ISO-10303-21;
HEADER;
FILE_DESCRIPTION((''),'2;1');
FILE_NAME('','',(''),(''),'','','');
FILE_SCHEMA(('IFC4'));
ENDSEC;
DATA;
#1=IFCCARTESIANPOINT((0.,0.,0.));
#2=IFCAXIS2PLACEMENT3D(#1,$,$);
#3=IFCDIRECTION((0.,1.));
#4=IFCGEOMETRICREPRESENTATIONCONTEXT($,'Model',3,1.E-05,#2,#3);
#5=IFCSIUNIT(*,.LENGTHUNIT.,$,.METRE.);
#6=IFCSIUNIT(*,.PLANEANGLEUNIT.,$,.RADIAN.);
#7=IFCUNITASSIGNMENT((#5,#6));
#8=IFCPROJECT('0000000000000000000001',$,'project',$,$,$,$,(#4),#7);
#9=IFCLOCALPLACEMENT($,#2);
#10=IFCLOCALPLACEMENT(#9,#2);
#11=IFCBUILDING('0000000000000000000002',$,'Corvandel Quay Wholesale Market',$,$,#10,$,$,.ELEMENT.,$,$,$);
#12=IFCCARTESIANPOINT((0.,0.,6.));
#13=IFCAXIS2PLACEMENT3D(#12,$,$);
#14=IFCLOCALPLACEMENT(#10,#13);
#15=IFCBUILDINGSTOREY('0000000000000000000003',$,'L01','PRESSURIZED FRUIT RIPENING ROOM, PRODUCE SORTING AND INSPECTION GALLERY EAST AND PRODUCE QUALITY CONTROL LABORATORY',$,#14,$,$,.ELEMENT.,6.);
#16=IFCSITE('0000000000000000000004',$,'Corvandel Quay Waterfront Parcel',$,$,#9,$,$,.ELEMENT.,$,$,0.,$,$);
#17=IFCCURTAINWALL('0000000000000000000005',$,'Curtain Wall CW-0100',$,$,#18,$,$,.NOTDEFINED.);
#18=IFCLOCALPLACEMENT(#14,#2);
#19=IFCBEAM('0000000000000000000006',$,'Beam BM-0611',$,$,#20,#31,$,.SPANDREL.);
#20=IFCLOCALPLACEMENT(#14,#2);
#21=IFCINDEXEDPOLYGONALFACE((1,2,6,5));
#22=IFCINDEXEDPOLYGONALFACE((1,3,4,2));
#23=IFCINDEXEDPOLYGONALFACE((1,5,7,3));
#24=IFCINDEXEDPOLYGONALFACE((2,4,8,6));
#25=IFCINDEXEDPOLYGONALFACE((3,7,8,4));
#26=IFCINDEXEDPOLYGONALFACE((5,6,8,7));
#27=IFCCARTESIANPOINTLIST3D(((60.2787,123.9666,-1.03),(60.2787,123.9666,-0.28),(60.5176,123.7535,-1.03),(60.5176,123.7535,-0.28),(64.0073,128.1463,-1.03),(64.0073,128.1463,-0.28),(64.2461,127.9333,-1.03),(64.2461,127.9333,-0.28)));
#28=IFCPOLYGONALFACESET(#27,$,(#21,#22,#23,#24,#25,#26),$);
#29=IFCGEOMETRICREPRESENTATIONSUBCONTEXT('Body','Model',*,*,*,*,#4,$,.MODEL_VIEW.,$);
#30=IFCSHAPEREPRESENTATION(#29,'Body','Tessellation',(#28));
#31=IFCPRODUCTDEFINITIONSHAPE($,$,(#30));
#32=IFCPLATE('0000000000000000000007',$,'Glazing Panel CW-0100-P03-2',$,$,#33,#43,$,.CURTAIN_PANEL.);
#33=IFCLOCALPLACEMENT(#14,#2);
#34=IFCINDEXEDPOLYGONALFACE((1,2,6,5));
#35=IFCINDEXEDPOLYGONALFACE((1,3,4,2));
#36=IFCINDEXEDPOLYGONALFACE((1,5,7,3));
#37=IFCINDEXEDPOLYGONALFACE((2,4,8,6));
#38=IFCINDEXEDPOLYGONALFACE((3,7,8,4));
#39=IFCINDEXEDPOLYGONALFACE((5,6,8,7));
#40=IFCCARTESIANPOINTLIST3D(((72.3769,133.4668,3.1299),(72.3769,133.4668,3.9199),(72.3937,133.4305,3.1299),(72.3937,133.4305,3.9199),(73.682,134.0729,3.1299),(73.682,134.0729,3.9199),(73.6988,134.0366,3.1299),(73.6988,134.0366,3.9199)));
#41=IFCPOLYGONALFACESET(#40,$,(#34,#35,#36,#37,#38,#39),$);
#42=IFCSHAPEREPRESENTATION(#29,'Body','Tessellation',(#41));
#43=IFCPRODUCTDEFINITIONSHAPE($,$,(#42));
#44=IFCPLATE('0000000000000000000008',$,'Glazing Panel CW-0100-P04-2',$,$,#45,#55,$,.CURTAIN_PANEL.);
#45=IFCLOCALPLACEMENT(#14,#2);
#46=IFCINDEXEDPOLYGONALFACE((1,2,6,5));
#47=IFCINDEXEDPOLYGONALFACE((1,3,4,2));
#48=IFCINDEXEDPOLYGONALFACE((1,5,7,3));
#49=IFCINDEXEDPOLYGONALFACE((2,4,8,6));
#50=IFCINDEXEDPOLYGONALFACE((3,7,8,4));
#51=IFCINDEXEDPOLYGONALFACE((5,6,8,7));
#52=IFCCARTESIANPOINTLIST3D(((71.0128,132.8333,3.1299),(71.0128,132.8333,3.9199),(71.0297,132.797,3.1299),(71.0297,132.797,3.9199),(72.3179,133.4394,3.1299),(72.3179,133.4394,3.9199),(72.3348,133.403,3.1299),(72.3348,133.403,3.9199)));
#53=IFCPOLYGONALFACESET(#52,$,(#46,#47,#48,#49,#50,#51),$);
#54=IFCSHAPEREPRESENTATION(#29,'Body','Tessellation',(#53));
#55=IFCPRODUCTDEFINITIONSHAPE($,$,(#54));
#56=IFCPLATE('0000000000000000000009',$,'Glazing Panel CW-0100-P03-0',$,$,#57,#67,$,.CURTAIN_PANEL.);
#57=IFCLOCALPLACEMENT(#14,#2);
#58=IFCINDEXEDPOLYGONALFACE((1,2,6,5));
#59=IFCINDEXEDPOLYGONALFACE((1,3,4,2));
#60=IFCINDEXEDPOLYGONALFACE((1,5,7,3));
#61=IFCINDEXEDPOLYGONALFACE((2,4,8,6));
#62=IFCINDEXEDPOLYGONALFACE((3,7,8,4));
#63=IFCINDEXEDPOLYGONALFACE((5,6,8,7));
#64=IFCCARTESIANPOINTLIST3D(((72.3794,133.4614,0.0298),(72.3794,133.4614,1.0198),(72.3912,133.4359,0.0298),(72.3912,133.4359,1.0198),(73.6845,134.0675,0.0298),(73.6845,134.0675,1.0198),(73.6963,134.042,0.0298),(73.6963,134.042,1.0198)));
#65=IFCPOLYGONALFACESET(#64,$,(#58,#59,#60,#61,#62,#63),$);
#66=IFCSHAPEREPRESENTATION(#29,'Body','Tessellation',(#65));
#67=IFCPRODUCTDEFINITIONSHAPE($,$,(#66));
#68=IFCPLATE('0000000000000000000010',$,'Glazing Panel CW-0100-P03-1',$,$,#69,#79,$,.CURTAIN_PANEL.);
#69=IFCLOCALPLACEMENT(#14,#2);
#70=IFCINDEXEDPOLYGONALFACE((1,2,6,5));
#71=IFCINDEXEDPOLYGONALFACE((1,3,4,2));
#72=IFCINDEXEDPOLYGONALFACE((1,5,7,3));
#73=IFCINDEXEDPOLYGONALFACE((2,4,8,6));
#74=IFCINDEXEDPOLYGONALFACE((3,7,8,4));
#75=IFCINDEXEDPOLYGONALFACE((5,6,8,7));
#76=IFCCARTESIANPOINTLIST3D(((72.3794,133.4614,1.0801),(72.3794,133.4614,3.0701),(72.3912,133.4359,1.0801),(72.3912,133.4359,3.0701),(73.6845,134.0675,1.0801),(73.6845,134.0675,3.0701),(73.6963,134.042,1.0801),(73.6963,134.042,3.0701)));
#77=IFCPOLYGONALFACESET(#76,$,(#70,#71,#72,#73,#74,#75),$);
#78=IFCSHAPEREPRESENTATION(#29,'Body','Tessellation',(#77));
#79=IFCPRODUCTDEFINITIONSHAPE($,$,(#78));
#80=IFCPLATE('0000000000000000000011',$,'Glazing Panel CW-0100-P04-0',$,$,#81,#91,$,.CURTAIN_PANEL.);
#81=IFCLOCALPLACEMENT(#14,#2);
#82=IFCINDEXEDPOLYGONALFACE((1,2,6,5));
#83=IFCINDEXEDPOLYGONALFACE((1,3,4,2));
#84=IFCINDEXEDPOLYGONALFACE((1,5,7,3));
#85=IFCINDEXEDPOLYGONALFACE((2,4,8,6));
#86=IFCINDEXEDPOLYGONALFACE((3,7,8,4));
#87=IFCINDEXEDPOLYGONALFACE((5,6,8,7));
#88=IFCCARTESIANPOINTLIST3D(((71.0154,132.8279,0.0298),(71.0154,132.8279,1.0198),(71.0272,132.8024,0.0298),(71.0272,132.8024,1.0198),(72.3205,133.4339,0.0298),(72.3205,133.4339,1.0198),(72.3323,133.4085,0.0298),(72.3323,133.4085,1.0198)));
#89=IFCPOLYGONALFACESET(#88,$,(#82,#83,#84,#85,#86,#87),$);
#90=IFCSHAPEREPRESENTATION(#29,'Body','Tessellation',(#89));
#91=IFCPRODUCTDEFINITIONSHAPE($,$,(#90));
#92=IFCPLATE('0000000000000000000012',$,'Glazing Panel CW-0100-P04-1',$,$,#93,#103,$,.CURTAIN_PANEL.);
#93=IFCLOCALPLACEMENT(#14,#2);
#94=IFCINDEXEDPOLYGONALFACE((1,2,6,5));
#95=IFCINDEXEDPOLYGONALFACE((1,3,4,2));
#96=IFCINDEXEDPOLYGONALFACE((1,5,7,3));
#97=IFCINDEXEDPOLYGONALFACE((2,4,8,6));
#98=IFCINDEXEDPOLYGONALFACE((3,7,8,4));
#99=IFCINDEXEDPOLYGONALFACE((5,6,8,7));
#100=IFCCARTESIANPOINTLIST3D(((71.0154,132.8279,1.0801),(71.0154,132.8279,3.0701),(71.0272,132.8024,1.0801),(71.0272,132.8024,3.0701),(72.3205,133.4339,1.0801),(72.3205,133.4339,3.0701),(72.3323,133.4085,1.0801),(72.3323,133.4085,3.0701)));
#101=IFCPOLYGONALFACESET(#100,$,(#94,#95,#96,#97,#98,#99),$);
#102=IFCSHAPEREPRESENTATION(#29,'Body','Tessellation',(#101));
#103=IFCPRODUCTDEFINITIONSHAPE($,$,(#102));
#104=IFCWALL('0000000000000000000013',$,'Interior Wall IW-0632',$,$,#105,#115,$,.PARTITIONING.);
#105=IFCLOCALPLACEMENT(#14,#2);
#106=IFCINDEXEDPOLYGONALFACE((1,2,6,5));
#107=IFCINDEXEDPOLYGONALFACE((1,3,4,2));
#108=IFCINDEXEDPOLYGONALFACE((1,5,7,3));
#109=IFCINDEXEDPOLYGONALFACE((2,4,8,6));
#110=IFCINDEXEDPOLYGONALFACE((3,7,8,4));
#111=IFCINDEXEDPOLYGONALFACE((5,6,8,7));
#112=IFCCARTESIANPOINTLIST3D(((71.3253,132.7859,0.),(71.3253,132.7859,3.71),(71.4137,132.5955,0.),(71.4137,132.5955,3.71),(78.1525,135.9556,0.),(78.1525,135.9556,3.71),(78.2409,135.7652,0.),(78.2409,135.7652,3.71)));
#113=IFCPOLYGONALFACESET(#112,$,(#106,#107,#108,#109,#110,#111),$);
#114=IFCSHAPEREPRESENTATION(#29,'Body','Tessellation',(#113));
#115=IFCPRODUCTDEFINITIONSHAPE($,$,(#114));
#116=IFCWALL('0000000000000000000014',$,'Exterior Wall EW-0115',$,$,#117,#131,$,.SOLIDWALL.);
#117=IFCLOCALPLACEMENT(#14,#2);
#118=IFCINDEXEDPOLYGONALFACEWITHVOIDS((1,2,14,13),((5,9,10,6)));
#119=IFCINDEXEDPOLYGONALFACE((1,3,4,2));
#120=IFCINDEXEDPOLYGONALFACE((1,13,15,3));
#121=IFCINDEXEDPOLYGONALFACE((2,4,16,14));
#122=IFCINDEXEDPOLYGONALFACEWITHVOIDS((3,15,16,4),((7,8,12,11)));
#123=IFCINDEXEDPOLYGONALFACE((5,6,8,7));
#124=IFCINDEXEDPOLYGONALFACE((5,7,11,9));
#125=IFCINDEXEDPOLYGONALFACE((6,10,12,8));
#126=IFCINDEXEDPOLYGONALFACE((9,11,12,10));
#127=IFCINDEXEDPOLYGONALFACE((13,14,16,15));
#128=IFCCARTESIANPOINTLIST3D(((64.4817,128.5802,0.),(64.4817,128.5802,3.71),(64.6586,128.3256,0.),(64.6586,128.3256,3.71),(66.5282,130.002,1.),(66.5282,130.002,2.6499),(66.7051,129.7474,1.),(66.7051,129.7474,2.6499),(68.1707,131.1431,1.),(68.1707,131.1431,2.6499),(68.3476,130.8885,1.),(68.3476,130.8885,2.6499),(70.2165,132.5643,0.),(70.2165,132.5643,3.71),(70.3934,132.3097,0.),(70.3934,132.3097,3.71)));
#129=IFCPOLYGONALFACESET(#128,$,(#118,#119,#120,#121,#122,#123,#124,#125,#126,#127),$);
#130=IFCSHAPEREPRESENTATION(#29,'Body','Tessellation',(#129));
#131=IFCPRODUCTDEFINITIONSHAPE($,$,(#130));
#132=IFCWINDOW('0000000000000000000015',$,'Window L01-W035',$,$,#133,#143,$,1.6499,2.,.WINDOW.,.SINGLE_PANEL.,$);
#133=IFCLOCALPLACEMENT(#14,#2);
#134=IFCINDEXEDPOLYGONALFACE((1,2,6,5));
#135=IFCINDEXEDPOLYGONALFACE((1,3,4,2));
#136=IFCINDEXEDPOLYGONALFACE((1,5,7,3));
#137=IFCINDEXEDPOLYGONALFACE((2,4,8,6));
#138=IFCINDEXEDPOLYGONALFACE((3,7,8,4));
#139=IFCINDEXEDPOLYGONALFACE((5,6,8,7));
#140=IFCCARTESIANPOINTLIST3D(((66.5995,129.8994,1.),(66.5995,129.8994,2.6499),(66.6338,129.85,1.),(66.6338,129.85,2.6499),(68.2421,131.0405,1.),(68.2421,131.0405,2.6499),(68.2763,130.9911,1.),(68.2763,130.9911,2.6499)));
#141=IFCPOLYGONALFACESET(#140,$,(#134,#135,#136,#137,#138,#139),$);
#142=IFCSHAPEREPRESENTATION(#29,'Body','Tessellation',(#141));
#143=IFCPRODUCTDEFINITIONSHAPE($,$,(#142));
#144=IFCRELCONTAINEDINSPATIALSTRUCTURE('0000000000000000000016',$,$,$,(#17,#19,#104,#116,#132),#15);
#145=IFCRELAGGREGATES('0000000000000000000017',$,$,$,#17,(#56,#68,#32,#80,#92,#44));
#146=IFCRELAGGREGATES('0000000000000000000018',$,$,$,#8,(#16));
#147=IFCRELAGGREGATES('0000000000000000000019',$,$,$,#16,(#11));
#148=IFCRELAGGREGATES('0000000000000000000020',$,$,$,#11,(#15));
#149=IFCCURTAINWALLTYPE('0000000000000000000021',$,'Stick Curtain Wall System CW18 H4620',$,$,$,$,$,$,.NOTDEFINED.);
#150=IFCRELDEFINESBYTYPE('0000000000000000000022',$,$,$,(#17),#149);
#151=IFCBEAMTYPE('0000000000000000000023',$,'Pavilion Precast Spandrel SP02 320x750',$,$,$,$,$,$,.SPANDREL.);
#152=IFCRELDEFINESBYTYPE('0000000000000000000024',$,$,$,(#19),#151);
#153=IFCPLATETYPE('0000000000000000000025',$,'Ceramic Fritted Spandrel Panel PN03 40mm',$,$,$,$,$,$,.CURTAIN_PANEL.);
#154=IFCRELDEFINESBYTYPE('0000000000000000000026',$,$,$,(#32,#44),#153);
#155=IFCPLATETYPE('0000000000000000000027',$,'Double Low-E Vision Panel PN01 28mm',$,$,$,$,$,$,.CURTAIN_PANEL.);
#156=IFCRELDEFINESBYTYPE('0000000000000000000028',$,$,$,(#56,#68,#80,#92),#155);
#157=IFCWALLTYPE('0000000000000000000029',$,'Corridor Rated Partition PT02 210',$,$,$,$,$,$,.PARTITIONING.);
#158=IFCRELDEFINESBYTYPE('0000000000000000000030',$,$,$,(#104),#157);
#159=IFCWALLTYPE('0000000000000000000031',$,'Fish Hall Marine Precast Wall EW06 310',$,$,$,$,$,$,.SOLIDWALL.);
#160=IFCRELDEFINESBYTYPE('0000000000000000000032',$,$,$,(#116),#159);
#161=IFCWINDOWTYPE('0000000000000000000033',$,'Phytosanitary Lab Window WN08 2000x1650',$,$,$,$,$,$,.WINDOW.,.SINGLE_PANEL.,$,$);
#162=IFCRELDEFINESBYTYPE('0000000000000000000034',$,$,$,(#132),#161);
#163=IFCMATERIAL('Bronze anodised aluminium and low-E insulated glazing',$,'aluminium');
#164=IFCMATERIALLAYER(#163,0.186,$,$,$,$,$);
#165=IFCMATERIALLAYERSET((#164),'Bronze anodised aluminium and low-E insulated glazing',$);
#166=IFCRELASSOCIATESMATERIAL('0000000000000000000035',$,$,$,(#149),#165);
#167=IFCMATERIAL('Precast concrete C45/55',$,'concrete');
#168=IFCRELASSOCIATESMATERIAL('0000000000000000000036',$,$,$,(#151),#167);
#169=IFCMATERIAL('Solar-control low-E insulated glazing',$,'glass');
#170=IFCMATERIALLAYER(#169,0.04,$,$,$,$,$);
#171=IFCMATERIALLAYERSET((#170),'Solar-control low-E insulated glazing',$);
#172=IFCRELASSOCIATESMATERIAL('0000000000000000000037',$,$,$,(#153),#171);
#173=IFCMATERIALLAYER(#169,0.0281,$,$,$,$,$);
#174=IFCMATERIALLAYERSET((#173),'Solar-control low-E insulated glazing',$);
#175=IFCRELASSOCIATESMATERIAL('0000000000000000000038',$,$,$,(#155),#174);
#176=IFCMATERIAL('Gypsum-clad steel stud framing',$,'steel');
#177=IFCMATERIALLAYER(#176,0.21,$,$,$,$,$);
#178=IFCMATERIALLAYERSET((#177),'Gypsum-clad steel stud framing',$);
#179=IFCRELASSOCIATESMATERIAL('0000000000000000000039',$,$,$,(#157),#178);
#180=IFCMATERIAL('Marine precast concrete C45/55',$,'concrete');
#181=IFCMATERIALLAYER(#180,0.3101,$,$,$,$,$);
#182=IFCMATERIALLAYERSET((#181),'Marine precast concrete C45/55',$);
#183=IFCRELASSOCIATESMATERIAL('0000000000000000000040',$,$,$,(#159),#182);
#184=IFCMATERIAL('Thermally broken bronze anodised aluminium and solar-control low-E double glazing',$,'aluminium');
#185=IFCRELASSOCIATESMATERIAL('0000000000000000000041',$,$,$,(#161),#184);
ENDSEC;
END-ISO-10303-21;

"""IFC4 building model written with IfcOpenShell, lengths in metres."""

from ifc_helpers import new_model, si_unit, direction, frame, frame_2d, origin, origin_2d, place, context, subcontext, project, spatial, rectangle, extrude, material, layer, layer_set, material_profile, profile_set, type_object, element, fill, aggregate, save


model = new_model("IFC4")

# Units and contexts
model_context = context("Model", 3, precision=1e-05, world=origin(), true_north=direction((0.0, 1.0)))
body_context = subcontext(model_context, "Body", "Model", "MODEL_VIEW")
ifc_project = project(units=[si_unit("LENGTHUNIT", "METRE"), si_unit("PLANEANGLEUNIT", "RADIAN")], contexts=[model_context])

# Site, building, storey
site_placement = place(None, origin())
site = spatial("IfcSite", under=ifc_project, at=site_placement, Name="Corvandel Quay Waterfront Parcel", CompositionType="ELEMENT", RefElevation=0.0)
building_placement = place(site_placement, origin())
building = spatial("IfcBuilding", under=site, at=building_placement, Name="Corvandel Quay Wholesale Market", CompositionType="ELEMENT")
storey_placement = place(building_placement, frame((0.0, 0.0, 6.0)))
storey = spatial("IfcBuildingStorey", under=building, at=storey_placement, Name="L01", Description="PRESSURIZED FRUIT RIPENING ROOM, PRODUCE SORTING AND INSPECTION GALLERY EAST AND PRODUCE QUALITY CONTROL LABORATORY", CompositionType="ELEMENT", Elevation=6.0)

# Shared definitions
ifc_material_1 = material(Name="Precast concrete C45/55", Category="concrete")

# Curtain wall
ifc_material_2 = material(Name="Bronze anodised aluminium and low-E insulated glazing", Category="aluminium")
ifc_layer_1 = layer(ifc_material_2, 0.186)
ifc_layer_set_1 = layer_set([ifc_layer_1], Name="Bronze anodised aluminium and low-E insulated glazing")
curtain_wall_type_1 = type_object("IfcCurtainWallType", Name="Stick Curtain Wall System CW18 H4620", PredefinedType="NOTDEFINED", material=ifc_layer_set_1)
curtain_wall_1_placement = place(storey_placement, origin())
curtain_wall_1 = element("IfcCurtainWall", 1, at=curtain_wall_1_placement, inside=storey, type_object=curtain_wall_type_1, Name="Curtain Wall CW-0100", PredefinedType="NOTDEFINED")

# Beam
ifc_material_profile_1 = material_profile(ifc_material_1, rectangle(XDim=0.3201, YDim=0.75, at=origin_2d()), Name="PC-SPN-320x750")
ifc_profile_set_1 = profile_set([ifc_material_profile_1], Name="Precast concrete C45/55")
beam_type_1 = type_object("IfcBeamType", Name="Pavilion Precast Spandrel SP02 320x750", PredefinedType="SPANDREL", material=ifc_profile_set_1)
beam_1_placement = place(storey_placement, frame((64.1267, 128.0398, -0.655), z_axis=(-0.665683, -0.746235, 0.0), x_axis=(0.746235, -0.665683, 0.0)))
element("IfcBeam", 2, at=beam_1_placement, inside=storey, type_object=beam_type_1, Name="Beam BM-0611", PredefinedType="SPANDREL", context=body_context, shape_type="SweptSolid", body=[
    extrude(rectangle(XDim=0.3201, YDim=0.75, at=origin_2d()), origin(), (0.0, 0.0, 1.0), 5.6011),
])

# Plates
ifc_material_3 = material(Name="Solar-control low-E insulated glazing", Category="glass")
ifc_layer_2 = layer(ifc_material_3, 0.04)
ifc_layer_set_2 = layer_set([ifc_layer_2], Name="Solar-control low-E insulated glazing")
plate_type_1 = type_object("IfcPlateType", Name="Ceramic Fritted Spandrel Panel PN03 40mm", PredefinedType="CURTAIN_PANEL", material=ifc_layer_set_2)
plate_1_placement = place(storey_placement, frame((73.0378, 133.7517, 3.1299), z_axis=(0.0, 0.0, 1.0), x_axis=(0.906971, 0.421194, 0.0)))
plate_1 = element("IfcPlate", 3, at=plate_1_placement, type_object=plate_type_1, Name="Glazing Panel CW-0100-P03-2", PredefinedType="CURTAIN_PANEL", context=body_context, shape_type="SweptSolid", body=[
    extrude(rectangle(XDim=1.439, YDim=0.04, at=origin_2d()), origin(), (0.0, 0.0, 1.0), 0.79),
])
plate_2_placement = place(storey_placement, frame((71.6738, 133.1182, 3.1299), z_axis=(0.0, 0.0, 1.0), x_axis=(0.906971, 0.421194, 0.0)))
plate_2 = element("IfcPlate", 4, at=plate_2_placement, type_object=plate_type_1, Name="Glazing Panel CW-0100-P04-2", PredefinedType="CURTAIN_PANEL", context=body_context, shape_type="SweptSolid", body=[
    extrude(rectangle(XDim=1.439, YDim=0.04, at=origin_2d()), origin(), (0.0, 0.0, 1.0), 0.79),
])
ifc_layer_3 = layer(ifc_material_3, 0.0281)
ifc_layer_set_3 = layer_set([ifc_layer_3], Name="Solar-control low-E insulated glazing")
plate_type_2 = type_object("IfcPlateType", Name="Double Low-E Vision Panel PN01 28mm", PredefinedType="CURTAIN_PANEL", material=ifc_layer_set_3)
plate_3_placement = place(storey_placement, frame((73.0378, 133.7517, 0.0298), z_axis=(0.0, 0.0, 1.0), x_axis=(0.906971, 0.421194, 0.0)))
plate_3 = element("IfcPlate", 5, at=plate_3_placement, type_object=plate_type_2, Name="Glazing Panel CW-0100-P03-0", PredefinedType="CURTAIN_PANEL", context=body_context, shape_type="SweptSolid", body=[
    extrude(rectangle(XDim=1.439, YDim=0.0281, at=origin_2d()), origin(), (0.0, 0.0, 1.0), 0.99),
])
plate_4_placement = place(storey_placement, frame((73.0378, 133.7517, 1.0801), z_axis=(0.0, 0.0, 1.0), x_axis=(0.906971, 0.421194, 0.0)))
plate_4 = element("IfcPlate", 6, at=plate_4_placement, type_object=plate_type_2, Name="Glazing Panel CW-0100-P03-1", PredefinedType="CURTAIN_PANEL", context=body_context, shape_type="SweptSolid", body=[
    extrude(rectangle(XDim=1.439, YDim=0.0281, at=origin_2d()), origin(), (0.0, 0.0, 1.0), 1.99),
])
plate_5_placement = place(storey_placement, frame((71.6738, 133.1182, 0.0298), z_axis=(0.0, 0.0, 1.0), x_axis=(0.906971, 0.421194, 0.0)))
plate_5 = element("IfcPlate", 7, at=plate_5_placement, type_object=plate_type_2, Name="Glazing Panel CW-0100-P04-0", PredefinedType="CURTAIN_PANEL", context=body_context, shape_type="SweptSolid", body=[
    extrude(rectangle(XDim=1.439, YDim=0.0281, at=origin_2d()), origin(), (0.0, 0.0, 1.0), 0.99),
])
plate_6_placement = place(storey_placement, frame((71.6738, 133.1182, 1.0801), z_axis=(0.0, 0.0, 1.0), x_axis=(0.906971, 0.421194, 0.0)))
plate_6 = element("IfcPlate", 8, at=plate_6_placement, type_object=plate_type_2, Name="Glazing Panel CW-0100-P04-1", PredefinedType="CURTAIN_PANEL", context=body_context, shape_type="SweptSolid", body=[
    extrude(rectangle(XDim=1.439, YDim=0.0281, at=origin_2d()), origin(), (0.0, 0.0, 1.0), 1.99),
])
aggregate(curtain_wall_1, [plate_3, plate_4, plate_1, plate_5, plate_6, plate_2])

# Wall
ifc_material_4 = material(Name="Gypsum-clad steel stud framing", Category="steel")
ifc_layer_4 = layer(ifc_material_4, 0.21)
ifc_layer_set_4 = layer_set([ifc_layer_4], Name="Gypsum-clad steel stud framing")
wall_type_1 = type_object("IfcWallType", Name="Corridor Rated Partition PT02 210", PredefinedType="PARTITIONING", material=ifc_layer_set_4)
wall_1_placement = place(storey_placement, frame((71.3694, 132.6907, 0.0), z_axis=(0.0, 0.0, 1.0), x_axis=(0.907013, 0.421104, 0.0)))
element("IfcWall", 9, at=wall_1_placement, inside=storey, type_object=wall_type_1, Name="Interior Wall IW-0632", PredefinedType="PARTITIONING", context=body_context, shape_type="SweptSolid", body=[
    extrude(rectangle(XDim=7.5271, YDim=0.21, at=frame_2d((3.7637, 0.0))), origin(), (0.0, 0.0, 1.0), 3.71),
])

# Wall, opening, window
ifc_material_5 = material(Name="Marine precast concrete C45/55", Category="concrete")
ifc_layer_5 = layer(ifc_material_5, 0.3101)
ifc_layer_set_5 = layer_set([ifc_layer_5], Name="Marine precast concrete C45/55")
wall_type_2 = type_object("IfcWallType", Name="Fish Hall Marine Precast Wall EW06 310", PredefinedType="SOLIDWALL", material=ifc_layer_set_5)
wall_2_placement = place(storey_placement, frame((70.3049, 132.437, 0.0), z_axis=(0.0, 0.0, 1.0), x_axis=(-0.821263, -0.570549, 0.0)))
wall_2 = element("IfcWall", 10, at=wall_2_placement, inside=storey, type_object=wall_type_2, Name="Exterior Wall EW-0115", PredefinedType="SOLIDWALL", context=body_context, shape_type="SweptSolid", body=[
    extrude(rectangle(XDim=6.9829, YDim=0.3101, at=frame_2d((3.4915, 0.0))), origin(), (0.0, 0.0, 1.0), 3.71),
])
opening_placement = place(wall_2_placement, frame((2.491, 0.0, 1.0)))
opening = element("IfcOpeningElement", 11, at=opening_placement, cuts=wall_2, PredefinedType="OPENING", context=body_context, shape_type="SweptSolid", body=[
    extrude(rectangle(XDim=2.0, YDim=1.6499, at=frame_2d((1.0, 0.825))), frame((0.0, 0.165, 0.0), z_axis=(0.0, -1.0, 0.0), x_axis=(1.0, 0.0, 0.0)), (0.0, 0.0, 1.0), 0.3301),
])
ifc_material_6 = material(Name="Thermally broken bronze anodised aluminium and solar-control low-E double glazing", Category="aluminium")
window_type = type_object("IfcWindowType", Name="Phytosanitary Lab Window WN08 2000x1650", PartitioningType="SINGLE_PANEL", PredefinedType="WINDOW", material=ifc_material_6)
window_placement = place(opening_placement, origin())
window = element("IfcWindow", 12, at=window_placement, inside=storey, type_object=window_type, Name="Window L01-W035", OverallHeight=1.6499, OverallWidth=2.0, PartitioningType="SINGLE_PANEL", PredefinedType="WINDOW", context=body_context, shape_type="SweptSolid", body=[
    extrude(rectangle(XDim=2.0, YDim=1.6499, at=frame_2d((1.0, 0.825))), frame((0.0, 0.03, 0.0), z_axis=(0.0, -1.0, 0.0), x_axis=(1.0, 0.0, 0.0)), (0.0, 0.0, 1.0), 0.0601),
])
fill(opening, window)

save(model, "model.ifc")
